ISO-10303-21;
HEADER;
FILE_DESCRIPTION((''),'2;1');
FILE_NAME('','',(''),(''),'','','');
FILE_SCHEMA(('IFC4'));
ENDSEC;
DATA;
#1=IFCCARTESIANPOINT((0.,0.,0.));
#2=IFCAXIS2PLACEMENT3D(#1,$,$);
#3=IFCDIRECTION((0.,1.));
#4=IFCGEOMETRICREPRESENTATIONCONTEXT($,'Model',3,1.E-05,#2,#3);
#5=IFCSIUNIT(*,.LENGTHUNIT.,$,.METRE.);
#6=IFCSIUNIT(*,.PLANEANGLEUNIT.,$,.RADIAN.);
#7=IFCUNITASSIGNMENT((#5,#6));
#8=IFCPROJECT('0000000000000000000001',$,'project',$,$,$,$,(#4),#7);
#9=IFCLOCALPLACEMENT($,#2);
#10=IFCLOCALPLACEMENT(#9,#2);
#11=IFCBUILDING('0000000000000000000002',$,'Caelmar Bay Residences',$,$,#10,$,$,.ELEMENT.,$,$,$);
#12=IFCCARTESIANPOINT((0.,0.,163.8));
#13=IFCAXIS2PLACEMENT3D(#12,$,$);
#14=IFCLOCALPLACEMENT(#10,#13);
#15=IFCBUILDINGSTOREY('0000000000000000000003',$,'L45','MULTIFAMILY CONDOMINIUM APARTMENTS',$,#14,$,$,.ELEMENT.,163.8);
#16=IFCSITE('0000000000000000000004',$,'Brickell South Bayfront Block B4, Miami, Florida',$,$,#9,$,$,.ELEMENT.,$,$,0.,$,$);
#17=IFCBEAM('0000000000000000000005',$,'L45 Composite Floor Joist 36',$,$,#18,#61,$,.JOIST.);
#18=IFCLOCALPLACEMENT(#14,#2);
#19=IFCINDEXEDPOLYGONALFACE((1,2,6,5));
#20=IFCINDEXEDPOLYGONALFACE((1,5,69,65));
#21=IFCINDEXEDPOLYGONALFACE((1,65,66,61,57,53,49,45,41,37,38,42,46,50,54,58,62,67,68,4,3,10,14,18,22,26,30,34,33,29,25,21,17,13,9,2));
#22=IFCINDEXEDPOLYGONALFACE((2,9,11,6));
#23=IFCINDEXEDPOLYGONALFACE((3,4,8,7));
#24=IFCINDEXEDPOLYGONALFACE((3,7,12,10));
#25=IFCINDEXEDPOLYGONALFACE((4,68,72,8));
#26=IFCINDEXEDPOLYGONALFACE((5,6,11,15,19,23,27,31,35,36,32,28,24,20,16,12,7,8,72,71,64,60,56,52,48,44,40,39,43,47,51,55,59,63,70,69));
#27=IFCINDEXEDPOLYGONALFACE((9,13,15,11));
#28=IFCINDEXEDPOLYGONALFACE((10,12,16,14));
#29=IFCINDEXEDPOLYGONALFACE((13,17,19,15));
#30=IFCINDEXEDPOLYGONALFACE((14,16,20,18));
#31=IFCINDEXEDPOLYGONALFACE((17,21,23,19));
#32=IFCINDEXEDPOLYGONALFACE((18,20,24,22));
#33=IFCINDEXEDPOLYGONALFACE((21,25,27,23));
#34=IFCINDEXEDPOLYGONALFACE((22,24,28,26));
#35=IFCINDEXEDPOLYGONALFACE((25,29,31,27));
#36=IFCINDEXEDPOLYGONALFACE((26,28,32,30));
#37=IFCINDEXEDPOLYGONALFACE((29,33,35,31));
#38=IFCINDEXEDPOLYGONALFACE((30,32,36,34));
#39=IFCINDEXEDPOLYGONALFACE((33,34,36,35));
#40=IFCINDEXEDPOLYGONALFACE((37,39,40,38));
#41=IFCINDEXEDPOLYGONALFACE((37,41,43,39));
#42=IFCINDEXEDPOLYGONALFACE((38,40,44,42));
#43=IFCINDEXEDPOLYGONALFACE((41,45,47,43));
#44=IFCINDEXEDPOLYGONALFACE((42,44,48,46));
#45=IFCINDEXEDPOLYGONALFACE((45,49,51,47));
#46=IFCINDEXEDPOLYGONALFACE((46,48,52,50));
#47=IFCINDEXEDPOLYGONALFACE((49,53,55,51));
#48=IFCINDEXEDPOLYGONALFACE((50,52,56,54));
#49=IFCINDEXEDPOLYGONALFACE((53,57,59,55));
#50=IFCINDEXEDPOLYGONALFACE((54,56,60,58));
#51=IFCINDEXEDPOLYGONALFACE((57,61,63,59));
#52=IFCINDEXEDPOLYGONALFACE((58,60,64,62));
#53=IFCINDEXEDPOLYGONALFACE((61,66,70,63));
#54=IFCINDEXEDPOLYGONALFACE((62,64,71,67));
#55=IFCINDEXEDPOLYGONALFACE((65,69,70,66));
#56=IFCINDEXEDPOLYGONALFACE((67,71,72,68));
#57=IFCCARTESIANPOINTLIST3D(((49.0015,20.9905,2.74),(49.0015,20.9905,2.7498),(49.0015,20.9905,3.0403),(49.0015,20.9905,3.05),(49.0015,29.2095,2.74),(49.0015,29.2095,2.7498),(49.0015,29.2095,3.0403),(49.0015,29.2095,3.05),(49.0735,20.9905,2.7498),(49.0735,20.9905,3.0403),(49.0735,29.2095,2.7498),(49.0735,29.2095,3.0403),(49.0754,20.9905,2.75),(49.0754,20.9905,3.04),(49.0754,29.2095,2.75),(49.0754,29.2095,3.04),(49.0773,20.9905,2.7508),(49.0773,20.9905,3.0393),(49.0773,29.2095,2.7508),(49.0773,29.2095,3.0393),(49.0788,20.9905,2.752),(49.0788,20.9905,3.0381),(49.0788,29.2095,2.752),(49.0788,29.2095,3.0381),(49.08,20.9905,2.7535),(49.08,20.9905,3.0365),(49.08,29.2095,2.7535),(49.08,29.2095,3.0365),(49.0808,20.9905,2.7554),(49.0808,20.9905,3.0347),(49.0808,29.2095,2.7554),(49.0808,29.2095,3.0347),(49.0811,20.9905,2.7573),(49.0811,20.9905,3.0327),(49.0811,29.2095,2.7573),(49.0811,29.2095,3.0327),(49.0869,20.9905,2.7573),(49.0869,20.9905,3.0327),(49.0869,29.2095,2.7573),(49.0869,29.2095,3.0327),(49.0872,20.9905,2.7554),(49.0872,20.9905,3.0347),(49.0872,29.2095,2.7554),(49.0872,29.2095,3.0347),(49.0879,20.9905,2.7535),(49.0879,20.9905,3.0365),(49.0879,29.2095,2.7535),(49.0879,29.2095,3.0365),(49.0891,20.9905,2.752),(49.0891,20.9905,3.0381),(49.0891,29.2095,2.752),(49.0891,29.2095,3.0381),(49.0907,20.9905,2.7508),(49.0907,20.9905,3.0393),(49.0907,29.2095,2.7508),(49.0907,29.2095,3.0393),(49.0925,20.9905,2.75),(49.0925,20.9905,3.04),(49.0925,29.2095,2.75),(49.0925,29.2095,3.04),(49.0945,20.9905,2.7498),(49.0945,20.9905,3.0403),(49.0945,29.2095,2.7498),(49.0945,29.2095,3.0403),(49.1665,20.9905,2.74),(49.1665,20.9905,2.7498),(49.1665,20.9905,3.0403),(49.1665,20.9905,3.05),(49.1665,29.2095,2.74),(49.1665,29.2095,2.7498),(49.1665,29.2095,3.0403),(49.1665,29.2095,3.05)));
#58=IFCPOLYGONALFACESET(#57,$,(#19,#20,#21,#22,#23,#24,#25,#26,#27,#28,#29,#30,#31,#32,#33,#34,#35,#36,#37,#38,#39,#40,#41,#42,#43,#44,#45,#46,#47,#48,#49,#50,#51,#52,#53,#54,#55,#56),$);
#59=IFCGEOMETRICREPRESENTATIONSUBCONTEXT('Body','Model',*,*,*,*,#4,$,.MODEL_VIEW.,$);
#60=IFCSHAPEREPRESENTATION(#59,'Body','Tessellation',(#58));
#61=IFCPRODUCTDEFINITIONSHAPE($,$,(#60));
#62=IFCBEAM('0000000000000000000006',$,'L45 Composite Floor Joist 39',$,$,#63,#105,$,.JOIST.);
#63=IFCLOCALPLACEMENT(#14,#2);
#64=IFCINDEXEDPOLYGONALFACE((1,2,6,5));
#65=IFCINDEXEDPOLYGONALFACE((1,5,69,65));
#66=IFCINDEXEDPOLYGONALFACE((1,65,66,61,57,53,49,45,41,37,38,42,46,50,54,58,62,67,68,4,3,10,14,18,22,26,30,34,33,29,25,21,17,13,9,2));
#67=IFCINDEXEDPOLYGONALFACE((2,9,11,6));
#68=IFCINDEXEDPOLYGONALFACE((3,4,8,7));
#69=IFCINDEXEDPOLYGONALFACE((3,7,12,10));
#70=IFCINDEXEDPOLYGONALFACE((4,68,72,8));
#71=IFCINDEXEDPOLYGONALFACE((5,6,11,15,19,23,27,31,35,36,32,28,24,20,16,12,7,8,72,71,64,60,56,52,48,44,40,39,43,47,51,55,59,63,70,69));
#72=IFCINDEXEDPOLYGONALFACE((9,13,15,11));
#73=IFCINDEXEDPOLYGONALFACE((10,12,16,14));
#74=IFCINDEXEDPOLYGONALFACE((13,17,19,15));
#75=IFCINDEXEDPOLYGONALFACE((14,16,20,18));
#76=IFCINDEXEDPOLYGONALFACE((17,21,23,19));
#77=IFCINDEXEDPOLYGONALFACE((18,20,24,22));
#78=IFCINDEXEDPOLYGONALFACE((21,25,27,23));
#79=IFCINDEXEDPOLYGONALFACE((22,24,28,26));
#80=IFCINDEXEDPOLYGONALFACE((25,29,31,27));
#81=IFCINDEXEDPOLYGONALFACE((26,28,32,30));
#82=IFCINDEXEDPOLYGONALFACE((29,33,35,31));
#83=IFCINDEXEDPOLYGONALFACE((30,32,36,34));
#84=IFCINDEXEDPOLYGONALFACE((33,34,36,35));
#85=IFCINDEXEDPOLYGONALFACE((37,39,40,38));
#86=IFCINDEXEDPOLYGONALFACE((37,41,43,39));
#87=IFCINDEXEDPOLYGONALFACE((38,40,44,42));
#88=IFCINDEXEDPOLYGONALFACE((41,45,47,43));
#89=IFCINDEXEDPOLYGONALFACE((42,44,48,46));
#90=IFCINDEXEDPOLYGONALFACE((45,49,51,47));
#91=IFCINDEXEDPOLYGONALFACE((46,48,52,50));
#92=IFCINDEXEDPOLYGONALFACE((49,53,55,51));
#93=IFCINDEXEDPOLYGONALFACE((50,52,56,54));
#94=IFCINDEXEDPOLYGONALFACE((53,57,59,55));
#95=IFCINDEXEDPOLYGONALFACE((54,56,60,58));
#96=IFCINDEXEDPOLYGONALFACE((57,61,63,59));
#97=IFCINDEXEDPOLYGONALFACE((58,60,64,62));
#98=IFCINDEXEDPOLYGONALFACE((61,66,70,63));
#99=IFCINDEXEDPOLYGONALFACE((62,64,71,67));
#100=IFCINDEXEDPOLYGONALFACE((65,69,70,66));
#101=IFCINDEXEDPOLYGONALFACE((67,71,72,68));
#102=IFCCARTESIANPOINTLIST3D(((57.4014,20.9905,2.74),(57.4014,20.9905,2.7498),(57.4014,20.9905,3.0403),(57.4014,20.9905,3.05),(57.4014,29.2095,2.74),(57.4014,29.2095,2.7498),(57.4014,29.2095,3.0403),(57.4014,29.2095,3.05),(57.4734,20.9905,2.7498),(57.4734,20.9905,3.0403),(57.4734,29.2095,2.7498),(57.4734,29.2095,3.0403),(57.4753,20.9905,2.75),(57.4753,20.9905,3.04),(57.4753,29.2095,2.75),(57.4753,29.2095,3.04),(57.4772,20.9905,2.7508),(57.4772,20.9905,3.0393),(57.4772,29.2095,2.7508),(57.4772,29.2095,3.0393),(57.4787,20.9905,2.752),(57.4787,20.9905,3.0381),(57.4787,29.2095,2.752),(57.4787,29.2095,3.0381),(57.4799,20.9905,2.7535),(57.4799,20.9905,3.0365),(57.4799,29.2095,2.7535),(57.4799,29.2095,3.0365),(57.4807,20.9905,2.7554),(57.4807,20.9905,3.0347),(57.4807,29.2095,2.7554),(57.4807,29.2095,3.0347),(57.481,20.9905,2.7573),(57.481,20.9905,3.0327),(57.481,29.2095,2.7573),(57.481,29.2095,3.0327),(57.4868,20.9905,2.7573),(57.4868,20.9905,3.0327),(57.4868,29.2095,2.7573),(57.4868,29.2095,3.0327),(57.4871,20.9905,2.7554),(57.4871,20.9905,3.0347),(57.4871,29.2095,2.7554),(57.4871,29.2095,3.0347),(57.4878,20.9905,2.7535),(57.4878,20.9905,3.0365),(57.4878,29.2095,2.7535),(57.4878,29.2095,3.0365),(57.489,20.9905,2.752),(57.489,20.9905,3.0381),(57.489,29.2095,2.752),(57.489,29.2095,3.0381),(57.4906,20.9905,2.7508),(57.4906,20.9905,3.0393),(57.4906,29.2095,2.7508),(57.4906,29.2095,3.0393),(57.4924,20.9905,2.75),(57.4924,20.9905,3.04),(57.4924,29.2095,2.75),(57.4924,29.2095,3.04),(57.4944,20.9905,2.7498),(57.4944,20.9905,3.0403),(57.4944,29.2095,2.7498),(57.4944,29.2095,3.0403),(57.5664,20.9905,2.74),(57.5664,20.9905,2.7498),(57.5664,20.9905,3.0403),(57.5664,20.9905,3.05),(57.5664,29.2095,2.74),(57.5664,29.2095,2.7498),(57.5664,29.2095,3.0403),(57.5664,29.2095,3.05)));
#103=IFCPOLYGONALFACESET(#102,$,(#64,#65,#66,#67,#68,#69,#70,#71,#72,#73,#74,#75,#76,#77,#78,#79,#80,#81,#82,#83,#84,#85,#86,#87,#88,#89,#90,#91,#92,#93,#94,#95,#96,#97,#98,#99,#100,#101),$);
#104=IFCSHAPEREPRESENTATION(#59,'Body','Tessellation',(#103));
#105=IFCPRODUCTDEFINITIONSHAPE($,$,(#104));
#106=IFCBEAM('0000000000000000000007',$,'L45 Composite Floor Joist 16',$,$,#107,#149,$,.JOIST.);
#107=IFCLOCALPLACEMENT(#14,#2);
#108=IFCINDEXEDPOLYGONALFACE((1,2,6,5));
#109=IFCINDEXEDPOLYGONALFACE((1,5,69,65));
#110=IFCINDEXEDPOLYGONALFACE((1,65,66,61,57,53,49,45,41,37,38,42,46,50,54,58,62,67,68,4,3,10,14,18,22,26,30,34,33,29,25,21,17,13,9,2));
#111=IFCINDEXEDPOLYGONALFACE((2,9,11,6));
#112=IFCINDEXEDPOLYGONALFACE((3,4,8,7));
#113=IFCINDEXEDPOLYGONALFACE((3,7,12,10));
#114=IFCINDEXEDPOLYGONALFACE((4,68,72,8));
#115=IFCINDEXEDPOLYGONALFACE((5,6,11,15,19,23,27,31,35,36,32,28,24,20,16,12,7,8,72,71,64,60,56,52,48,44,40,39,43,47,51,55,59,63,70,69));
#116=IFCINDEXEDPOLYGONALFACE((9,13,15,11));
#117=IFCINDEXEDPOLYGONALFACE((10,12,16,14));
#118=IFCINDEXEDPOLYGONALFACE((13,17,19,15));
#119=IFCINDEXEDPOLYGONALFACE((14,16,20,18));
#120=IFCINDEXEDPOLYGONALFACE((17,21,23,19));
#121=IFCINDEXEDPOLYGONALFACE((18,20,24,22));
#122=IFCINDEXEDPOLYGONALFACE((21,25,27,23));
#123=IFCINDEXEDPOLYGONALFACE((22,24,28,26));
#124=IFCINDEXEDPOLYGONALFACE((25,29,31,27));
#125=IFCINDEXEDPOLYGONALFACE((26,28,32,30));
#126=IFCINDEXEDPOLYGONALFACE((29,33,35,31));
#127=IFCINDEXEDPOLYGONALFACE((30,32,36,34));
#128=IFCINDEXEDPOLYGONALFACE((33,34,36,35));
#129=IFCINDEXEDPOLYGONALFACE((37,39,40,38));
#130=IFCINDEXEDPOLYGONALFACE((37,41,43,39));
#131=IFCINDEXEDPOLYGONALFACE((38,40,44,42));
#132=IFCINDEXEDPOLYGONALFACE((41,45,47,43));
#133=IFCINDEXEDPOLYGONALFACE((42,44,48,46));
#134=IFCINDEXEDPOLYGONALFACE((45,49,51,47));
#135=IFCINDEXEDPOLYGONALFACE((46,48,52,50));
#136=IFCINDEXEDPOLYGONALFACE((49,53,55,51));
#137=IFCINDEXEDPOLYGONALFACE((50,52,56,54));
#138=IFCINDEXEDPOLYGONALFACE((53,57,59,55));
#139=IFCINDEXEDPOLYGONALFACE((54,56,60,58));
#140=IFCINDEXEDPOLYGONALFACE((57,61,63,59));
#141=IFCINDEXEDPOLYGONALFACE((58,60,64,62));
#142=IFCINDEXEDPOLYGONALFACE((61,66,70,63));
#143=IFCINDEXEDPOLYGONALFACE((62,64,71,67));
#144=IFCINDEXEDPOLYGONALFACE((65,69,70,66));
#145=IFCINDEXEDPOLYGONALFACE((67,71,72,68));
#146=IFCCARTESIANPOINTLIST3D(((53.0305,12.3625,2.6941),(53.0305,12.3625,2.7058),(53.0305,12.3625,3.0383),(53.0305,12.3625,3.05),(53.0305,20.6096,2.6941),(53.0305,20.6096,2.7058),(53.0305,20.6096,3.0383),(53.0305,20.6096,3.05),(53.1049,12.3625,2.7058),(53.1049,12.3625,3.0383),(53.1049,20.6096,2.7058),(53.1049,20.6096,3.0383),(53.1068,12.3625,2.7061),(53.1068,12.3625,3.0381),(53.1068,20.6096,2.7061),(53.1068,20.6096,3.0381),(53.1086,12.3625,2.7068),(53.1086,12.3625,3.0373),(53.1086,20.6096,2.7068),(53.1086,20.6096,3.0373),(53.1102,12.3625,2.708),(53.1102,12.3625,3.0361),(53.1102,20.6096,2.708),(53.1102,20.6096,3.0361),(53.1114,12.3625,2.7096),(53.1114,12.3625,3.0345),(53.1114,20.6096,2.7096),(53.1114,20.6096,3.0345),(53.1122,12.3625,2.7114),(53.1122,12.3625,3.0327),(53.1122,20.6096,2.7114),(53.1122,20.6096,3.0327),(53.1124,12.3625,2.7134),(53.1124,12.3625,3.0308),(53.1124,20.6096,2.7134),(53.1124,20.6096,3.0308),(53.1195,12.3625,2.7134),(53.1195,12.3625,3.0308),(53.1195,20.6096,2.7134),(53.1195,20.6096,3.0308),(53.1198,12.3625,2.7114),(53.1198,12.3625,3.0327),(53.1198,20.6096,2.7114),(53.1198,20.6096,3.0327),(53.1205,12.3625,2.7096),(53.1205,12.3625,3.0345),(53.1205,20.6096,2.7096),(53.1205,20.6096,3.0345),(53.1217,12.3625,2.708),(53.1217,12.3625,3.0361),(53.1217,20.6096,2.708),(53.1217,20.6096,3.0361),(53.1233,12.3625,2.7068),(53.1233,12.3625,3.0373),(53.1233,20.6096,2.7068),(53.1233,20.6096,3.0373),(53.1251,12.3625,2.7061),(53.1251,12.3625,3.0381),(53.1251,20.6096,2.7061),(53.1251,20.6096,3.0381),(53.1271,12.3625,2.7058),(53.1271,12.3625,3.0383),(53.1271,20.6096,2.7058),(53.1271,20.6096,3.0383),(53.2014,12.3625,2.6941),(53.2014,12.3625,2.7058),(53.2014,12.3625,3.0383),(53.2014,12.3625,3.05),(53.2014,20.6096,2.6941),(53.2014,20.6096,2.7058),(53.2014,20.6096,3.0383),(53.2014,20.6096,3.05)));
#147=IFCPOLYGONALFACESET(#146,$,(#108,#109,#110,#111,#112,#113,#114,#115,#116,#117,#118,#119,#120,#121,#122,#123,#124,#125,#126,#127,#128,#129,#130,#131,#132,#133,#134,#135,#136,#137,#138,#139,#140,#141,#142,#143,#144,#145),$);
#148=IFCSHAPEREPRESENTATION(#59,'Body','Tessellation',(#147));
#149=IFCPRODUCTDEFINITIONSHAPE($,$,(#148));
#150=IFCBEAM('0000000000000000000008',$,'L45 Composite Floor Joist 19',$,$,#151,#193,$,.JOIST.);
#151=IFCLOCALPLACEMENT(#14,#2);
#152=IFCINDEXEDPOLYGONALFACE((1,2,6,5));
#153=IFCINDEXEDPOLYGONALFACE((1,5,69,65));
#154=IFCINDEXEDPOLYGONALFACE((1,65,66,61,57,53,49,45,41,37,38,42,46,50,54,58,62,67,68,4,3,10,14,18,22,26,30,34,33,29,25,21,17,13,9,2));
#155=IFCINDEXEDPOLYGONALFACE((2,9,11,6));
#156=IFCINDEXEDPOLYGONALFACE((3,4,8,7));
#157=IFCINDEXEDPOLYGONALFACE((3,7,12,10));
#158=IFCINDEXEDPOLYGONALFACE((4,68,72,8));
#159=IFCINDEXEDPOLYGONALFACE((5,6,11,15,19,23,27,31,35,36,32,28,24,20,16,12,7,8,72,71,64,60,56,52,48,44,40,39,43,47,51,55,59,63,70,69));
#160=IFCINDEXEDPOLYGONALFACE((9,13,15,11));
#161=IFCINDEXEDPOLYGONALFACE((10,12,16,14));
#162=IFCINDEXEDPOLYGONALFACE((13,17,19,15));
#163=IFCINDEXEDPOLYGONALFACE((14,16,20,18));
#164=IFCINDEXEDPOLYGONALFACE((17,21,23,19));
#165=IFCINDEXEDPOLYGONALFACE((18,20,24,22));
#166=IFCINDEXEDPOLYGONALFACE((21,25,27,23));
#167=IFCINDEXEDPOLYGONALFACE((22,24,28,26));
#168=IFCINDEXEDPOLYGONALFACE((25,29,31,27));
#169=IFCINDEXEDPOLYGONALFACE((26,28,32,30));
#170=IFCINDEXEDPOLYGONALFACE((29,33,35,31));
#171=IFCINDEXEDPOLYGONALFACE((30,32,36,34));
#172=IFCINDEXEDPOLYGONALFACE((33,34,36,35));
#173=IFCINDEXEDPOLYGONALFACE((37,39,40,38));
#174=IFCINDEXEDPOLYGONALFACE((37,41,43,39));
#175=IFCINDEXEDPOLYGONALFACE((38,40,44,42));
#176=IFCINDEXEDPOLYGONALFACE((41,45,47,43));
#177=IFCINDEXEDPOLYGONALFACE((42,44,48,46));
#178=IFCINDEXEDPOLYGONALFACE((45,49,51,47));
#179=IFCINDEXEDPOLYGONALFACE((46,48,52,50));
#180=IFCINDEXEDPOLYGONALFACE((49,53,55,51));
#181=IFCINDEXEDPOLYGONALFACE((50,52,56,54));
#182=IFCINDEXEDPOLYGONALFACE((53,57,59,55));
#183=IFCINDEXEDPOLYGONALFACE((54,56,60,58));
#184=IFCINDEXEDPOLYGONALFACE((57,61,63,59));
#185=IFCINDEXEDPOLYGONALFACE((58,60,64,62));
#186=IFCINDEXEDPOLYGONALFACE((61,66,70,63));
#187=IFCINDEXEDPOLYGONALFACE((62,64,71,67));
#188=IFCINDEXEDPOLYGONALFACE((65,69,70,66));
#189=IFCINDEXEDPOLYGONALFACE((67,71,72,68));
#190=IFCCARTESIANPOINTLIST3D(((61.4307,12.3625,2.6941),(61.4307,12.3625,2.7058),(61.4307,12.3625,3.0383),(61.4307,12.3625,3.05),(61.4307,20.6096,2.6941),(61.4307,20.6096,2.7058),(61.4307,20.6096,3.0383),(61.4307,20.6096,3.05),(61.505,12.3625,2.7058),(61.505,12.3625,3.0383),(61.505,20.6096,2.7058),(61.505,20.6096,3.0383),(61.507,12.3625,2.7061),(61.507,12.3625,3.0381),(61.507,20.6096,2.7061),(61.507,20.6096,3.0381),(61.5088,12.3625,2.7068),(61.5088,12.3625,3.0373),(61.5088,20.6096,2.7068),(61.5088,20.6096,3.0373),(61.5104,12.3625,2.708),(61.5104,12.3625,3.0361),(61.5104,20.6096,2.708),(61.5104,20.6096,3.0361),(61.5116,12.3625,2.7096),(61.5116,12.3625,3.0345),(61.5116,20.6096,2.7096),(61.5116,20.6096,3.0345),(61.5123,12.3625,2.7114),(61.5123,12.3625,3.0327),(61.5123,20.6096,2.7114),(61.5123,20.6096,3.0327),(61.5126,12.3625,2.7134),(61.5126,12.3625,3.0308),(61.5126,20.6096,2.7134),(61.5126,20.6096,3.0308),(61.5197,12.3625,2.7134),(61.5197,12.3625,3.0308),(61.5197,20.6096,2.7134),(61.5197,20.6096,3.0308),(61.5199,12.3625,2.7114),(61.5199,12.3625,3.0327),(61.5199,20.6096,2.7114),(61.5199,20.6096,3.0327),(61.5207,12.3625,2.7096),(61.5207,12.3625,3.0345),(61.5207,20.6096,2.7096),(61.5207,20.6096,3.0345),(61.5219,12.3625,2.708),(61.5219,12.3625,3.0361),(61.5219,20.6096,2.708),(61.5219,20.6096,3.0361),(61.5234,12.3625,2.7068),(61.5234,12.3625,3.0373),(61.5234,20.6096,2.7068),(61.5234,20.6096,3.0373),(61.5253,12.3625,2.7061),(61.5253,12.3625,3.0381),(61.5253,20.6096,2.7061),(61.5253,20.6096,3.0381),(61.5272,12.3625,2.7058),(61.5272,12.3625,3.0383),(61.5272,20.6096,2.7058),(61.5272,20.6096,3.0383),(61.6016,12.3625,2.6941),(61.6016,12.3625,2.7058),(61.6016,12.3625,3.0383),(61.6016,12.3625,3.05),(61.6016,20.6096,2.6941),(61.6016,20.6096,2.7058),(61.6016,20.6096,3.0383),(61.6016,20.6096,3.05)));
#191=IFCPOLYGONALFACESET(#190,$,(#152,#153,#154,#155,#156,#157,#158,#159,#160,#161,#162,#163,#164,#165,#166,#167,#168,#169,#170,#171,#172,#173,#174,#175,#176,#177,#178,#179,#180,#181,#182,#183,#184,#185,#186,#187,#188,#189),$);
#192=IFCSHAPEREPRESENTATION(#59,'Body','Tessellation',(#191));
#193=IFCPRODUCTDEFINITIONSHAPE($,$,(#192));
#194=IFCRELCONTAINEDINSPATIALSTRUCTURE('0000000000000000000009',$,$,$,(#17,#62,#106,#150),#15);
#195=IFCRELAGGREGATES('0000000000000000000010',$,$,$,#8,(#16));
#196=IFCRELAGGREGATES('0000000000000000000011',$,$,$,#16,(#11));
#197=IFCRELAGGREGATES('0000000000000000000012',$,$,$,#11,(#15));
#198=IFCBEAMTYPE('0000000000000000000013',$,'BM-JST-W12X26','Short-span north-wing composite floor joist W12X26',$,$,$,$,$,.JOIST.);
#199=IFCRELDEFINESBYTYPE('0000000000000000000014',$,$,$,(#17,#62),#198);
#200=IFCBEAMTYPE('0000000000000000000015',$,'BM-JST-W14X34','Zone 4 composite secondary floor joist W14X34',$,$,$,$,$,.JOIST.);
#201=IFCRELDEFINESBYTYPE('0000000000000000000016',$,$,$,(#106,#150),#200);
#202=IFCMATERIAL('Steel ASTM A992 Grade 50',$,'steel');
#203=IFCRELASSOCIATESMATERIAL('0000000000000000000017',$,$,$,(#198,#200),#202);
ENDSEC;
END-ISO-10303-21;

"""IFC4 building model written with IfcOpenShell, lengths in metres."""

from ifc_helpers import new_model, si_unit, direction, frame, origin, origin_2d, place, context, subcontext, project, spatial, i_section, extrude, material, material_profile, profile_set, type_object, element, save


model = new_model("IFC4")

# Units and contexts
model_context = context("Model", 3, precision=1e-05, world=origin(), true_north=direction((0.0, 1.0)))
body_context = subcontext(model_context, "Body", "Model", "MODEL_VIEW")
ifc_project = project(units=[si_unit("LENGTHUNIT", "METRE"), si_unit("PLANEANGLEUNIT", "RADIAN")], contexts=[model_context])

# Site, building, storey
site_placement = place(None, origin())
site = spatial("IfcSite", under=ifc_project, at=site_placement, Name="Brickell South Bayfront Block B4, Miami, Florida", CompositionType="ELEMENT", RefElevation=0.0)
building_placement = place(site_placement, origin())
building = spatial("IfcBuilding", under=site, at=building_placement, Name="Caelmar Bay Residences", CompositionType="ELEMENT")
storey_placement = place(building_placement, frame((0.0, 0.0, 163.8)))
storey = spatial("IfcBuildingStorey", under=building, at=storey_placement, Name="L45", Description="MULTIFAMILY CONDOMINIUM APARTMENTS", CompositionType="ELEMENT", Elevation=163.8)

# Beams
ifc_material_1 = material(Name="Steel ASTM A992 Grade 50", Category="steel")
ifc_material_profile_1 = material_profile(ifc_material_1, i_section(OverallWidth=0.165, OverallDepth=0.3101, WebThickness=0.0059, FlangeThickness=0.0098, FilletRadius=0.0076, at=origin_2d()), Name="W12X26")
ifc_profile_set_1 = profile_set([ifc_material_profile_1], Name="Steel ASTM A992 Grade 50")
beam_type_1 = type_object("IfcBeamType", Name="BM-JST-W12X26", Description="Short-span north-wing composite floor joist W12X26", PredefinedType="JOIST", material=ifc_profile_set_1)
for number, where, z_axis, x_axis, name in (
    (1, (49.084, 20.9905, 2.895), (0.0, 1.0, 0.0), (-1.0, 0.0, 0.0), "L45 Composite Floor Joist 36"),
    (2, (57.4839, 20.9905, 2.895), (0.0, 1.0, 0.0), (-1.0, 0.0, 0.0), "L45 Composite Floor Joist 39"),
):
    element("IfcBeam", number, at=place(storey_placement, frame(where, z_axis=z_axis, x_axis=x_axis)), inside=storey, type_object=beam_type_1, Name=name, PredefinedType="JOIST", context=body_context, shape_type="SweptSolid", body=[
        extrude(i_section(OverallWidth=0.165, OverallDepth=0.3101, WebThickness=0.0059, FlangeThickness=0.0098, FilletRadius=0.0076, at=origin_2d()), origin(), (0.0, 0.0, 1.0), 8.219),
    ])
ifc_material_profile_2 = material_profile(ifc_material_1, i_section(OverallWidth=0.1709, OverallDepth=0.356, WebThickness=0.0071, FlangeThickness=0.0117, FilletRadius=0.0076, at=origin_2d()), Name="W14X34")
ifc_profile_set_2 = profile_set([ifc_material_profile_2], Name="Steel ASTM A992 Grade 50")
beam_type_2 = type_object("IfcBeamType", Name="BM-JST-W14X34", Description="Zone 4 composite secondary floor joist W14X34", PredefinedType="JOIST", material=ifc_profile_set_2)
for number, where, z_axis, x_axis, name in (
    (3, (53.116, 12.3625, 2.8721), (0.0, 1.0, 0.0), (-1.0, 0.0, 0.0), "L45 Composite Floor Joist 16"),
    (4, (61.5161, 12.3625, 2.8721), (0.0, 1.0, 0.0), (-1.0, 0.0, 0.0), "L45 Composite Floor Joist 19"),
):
    element("IfcBeam", number, at=place(storey_placement, frame(where, z_axis=z_axis, x_axis=x_axis)), inside=storey, type_object=beam_type_2, Name=name, PredefinedType="JOIST", context=body_context, shape_type="SweptSolid", body=[
        extrude(i_section(OverallWidth=0.1709, OverallDepth=0.356, WebThickness=0.0071, FlangeThickness=0.0117, FilletRadius=0.0076, at=origin_2d()), origin(), (0.0, 0.0, 1.0), 8.2471),
    ])

save(model, "model.ifc")
